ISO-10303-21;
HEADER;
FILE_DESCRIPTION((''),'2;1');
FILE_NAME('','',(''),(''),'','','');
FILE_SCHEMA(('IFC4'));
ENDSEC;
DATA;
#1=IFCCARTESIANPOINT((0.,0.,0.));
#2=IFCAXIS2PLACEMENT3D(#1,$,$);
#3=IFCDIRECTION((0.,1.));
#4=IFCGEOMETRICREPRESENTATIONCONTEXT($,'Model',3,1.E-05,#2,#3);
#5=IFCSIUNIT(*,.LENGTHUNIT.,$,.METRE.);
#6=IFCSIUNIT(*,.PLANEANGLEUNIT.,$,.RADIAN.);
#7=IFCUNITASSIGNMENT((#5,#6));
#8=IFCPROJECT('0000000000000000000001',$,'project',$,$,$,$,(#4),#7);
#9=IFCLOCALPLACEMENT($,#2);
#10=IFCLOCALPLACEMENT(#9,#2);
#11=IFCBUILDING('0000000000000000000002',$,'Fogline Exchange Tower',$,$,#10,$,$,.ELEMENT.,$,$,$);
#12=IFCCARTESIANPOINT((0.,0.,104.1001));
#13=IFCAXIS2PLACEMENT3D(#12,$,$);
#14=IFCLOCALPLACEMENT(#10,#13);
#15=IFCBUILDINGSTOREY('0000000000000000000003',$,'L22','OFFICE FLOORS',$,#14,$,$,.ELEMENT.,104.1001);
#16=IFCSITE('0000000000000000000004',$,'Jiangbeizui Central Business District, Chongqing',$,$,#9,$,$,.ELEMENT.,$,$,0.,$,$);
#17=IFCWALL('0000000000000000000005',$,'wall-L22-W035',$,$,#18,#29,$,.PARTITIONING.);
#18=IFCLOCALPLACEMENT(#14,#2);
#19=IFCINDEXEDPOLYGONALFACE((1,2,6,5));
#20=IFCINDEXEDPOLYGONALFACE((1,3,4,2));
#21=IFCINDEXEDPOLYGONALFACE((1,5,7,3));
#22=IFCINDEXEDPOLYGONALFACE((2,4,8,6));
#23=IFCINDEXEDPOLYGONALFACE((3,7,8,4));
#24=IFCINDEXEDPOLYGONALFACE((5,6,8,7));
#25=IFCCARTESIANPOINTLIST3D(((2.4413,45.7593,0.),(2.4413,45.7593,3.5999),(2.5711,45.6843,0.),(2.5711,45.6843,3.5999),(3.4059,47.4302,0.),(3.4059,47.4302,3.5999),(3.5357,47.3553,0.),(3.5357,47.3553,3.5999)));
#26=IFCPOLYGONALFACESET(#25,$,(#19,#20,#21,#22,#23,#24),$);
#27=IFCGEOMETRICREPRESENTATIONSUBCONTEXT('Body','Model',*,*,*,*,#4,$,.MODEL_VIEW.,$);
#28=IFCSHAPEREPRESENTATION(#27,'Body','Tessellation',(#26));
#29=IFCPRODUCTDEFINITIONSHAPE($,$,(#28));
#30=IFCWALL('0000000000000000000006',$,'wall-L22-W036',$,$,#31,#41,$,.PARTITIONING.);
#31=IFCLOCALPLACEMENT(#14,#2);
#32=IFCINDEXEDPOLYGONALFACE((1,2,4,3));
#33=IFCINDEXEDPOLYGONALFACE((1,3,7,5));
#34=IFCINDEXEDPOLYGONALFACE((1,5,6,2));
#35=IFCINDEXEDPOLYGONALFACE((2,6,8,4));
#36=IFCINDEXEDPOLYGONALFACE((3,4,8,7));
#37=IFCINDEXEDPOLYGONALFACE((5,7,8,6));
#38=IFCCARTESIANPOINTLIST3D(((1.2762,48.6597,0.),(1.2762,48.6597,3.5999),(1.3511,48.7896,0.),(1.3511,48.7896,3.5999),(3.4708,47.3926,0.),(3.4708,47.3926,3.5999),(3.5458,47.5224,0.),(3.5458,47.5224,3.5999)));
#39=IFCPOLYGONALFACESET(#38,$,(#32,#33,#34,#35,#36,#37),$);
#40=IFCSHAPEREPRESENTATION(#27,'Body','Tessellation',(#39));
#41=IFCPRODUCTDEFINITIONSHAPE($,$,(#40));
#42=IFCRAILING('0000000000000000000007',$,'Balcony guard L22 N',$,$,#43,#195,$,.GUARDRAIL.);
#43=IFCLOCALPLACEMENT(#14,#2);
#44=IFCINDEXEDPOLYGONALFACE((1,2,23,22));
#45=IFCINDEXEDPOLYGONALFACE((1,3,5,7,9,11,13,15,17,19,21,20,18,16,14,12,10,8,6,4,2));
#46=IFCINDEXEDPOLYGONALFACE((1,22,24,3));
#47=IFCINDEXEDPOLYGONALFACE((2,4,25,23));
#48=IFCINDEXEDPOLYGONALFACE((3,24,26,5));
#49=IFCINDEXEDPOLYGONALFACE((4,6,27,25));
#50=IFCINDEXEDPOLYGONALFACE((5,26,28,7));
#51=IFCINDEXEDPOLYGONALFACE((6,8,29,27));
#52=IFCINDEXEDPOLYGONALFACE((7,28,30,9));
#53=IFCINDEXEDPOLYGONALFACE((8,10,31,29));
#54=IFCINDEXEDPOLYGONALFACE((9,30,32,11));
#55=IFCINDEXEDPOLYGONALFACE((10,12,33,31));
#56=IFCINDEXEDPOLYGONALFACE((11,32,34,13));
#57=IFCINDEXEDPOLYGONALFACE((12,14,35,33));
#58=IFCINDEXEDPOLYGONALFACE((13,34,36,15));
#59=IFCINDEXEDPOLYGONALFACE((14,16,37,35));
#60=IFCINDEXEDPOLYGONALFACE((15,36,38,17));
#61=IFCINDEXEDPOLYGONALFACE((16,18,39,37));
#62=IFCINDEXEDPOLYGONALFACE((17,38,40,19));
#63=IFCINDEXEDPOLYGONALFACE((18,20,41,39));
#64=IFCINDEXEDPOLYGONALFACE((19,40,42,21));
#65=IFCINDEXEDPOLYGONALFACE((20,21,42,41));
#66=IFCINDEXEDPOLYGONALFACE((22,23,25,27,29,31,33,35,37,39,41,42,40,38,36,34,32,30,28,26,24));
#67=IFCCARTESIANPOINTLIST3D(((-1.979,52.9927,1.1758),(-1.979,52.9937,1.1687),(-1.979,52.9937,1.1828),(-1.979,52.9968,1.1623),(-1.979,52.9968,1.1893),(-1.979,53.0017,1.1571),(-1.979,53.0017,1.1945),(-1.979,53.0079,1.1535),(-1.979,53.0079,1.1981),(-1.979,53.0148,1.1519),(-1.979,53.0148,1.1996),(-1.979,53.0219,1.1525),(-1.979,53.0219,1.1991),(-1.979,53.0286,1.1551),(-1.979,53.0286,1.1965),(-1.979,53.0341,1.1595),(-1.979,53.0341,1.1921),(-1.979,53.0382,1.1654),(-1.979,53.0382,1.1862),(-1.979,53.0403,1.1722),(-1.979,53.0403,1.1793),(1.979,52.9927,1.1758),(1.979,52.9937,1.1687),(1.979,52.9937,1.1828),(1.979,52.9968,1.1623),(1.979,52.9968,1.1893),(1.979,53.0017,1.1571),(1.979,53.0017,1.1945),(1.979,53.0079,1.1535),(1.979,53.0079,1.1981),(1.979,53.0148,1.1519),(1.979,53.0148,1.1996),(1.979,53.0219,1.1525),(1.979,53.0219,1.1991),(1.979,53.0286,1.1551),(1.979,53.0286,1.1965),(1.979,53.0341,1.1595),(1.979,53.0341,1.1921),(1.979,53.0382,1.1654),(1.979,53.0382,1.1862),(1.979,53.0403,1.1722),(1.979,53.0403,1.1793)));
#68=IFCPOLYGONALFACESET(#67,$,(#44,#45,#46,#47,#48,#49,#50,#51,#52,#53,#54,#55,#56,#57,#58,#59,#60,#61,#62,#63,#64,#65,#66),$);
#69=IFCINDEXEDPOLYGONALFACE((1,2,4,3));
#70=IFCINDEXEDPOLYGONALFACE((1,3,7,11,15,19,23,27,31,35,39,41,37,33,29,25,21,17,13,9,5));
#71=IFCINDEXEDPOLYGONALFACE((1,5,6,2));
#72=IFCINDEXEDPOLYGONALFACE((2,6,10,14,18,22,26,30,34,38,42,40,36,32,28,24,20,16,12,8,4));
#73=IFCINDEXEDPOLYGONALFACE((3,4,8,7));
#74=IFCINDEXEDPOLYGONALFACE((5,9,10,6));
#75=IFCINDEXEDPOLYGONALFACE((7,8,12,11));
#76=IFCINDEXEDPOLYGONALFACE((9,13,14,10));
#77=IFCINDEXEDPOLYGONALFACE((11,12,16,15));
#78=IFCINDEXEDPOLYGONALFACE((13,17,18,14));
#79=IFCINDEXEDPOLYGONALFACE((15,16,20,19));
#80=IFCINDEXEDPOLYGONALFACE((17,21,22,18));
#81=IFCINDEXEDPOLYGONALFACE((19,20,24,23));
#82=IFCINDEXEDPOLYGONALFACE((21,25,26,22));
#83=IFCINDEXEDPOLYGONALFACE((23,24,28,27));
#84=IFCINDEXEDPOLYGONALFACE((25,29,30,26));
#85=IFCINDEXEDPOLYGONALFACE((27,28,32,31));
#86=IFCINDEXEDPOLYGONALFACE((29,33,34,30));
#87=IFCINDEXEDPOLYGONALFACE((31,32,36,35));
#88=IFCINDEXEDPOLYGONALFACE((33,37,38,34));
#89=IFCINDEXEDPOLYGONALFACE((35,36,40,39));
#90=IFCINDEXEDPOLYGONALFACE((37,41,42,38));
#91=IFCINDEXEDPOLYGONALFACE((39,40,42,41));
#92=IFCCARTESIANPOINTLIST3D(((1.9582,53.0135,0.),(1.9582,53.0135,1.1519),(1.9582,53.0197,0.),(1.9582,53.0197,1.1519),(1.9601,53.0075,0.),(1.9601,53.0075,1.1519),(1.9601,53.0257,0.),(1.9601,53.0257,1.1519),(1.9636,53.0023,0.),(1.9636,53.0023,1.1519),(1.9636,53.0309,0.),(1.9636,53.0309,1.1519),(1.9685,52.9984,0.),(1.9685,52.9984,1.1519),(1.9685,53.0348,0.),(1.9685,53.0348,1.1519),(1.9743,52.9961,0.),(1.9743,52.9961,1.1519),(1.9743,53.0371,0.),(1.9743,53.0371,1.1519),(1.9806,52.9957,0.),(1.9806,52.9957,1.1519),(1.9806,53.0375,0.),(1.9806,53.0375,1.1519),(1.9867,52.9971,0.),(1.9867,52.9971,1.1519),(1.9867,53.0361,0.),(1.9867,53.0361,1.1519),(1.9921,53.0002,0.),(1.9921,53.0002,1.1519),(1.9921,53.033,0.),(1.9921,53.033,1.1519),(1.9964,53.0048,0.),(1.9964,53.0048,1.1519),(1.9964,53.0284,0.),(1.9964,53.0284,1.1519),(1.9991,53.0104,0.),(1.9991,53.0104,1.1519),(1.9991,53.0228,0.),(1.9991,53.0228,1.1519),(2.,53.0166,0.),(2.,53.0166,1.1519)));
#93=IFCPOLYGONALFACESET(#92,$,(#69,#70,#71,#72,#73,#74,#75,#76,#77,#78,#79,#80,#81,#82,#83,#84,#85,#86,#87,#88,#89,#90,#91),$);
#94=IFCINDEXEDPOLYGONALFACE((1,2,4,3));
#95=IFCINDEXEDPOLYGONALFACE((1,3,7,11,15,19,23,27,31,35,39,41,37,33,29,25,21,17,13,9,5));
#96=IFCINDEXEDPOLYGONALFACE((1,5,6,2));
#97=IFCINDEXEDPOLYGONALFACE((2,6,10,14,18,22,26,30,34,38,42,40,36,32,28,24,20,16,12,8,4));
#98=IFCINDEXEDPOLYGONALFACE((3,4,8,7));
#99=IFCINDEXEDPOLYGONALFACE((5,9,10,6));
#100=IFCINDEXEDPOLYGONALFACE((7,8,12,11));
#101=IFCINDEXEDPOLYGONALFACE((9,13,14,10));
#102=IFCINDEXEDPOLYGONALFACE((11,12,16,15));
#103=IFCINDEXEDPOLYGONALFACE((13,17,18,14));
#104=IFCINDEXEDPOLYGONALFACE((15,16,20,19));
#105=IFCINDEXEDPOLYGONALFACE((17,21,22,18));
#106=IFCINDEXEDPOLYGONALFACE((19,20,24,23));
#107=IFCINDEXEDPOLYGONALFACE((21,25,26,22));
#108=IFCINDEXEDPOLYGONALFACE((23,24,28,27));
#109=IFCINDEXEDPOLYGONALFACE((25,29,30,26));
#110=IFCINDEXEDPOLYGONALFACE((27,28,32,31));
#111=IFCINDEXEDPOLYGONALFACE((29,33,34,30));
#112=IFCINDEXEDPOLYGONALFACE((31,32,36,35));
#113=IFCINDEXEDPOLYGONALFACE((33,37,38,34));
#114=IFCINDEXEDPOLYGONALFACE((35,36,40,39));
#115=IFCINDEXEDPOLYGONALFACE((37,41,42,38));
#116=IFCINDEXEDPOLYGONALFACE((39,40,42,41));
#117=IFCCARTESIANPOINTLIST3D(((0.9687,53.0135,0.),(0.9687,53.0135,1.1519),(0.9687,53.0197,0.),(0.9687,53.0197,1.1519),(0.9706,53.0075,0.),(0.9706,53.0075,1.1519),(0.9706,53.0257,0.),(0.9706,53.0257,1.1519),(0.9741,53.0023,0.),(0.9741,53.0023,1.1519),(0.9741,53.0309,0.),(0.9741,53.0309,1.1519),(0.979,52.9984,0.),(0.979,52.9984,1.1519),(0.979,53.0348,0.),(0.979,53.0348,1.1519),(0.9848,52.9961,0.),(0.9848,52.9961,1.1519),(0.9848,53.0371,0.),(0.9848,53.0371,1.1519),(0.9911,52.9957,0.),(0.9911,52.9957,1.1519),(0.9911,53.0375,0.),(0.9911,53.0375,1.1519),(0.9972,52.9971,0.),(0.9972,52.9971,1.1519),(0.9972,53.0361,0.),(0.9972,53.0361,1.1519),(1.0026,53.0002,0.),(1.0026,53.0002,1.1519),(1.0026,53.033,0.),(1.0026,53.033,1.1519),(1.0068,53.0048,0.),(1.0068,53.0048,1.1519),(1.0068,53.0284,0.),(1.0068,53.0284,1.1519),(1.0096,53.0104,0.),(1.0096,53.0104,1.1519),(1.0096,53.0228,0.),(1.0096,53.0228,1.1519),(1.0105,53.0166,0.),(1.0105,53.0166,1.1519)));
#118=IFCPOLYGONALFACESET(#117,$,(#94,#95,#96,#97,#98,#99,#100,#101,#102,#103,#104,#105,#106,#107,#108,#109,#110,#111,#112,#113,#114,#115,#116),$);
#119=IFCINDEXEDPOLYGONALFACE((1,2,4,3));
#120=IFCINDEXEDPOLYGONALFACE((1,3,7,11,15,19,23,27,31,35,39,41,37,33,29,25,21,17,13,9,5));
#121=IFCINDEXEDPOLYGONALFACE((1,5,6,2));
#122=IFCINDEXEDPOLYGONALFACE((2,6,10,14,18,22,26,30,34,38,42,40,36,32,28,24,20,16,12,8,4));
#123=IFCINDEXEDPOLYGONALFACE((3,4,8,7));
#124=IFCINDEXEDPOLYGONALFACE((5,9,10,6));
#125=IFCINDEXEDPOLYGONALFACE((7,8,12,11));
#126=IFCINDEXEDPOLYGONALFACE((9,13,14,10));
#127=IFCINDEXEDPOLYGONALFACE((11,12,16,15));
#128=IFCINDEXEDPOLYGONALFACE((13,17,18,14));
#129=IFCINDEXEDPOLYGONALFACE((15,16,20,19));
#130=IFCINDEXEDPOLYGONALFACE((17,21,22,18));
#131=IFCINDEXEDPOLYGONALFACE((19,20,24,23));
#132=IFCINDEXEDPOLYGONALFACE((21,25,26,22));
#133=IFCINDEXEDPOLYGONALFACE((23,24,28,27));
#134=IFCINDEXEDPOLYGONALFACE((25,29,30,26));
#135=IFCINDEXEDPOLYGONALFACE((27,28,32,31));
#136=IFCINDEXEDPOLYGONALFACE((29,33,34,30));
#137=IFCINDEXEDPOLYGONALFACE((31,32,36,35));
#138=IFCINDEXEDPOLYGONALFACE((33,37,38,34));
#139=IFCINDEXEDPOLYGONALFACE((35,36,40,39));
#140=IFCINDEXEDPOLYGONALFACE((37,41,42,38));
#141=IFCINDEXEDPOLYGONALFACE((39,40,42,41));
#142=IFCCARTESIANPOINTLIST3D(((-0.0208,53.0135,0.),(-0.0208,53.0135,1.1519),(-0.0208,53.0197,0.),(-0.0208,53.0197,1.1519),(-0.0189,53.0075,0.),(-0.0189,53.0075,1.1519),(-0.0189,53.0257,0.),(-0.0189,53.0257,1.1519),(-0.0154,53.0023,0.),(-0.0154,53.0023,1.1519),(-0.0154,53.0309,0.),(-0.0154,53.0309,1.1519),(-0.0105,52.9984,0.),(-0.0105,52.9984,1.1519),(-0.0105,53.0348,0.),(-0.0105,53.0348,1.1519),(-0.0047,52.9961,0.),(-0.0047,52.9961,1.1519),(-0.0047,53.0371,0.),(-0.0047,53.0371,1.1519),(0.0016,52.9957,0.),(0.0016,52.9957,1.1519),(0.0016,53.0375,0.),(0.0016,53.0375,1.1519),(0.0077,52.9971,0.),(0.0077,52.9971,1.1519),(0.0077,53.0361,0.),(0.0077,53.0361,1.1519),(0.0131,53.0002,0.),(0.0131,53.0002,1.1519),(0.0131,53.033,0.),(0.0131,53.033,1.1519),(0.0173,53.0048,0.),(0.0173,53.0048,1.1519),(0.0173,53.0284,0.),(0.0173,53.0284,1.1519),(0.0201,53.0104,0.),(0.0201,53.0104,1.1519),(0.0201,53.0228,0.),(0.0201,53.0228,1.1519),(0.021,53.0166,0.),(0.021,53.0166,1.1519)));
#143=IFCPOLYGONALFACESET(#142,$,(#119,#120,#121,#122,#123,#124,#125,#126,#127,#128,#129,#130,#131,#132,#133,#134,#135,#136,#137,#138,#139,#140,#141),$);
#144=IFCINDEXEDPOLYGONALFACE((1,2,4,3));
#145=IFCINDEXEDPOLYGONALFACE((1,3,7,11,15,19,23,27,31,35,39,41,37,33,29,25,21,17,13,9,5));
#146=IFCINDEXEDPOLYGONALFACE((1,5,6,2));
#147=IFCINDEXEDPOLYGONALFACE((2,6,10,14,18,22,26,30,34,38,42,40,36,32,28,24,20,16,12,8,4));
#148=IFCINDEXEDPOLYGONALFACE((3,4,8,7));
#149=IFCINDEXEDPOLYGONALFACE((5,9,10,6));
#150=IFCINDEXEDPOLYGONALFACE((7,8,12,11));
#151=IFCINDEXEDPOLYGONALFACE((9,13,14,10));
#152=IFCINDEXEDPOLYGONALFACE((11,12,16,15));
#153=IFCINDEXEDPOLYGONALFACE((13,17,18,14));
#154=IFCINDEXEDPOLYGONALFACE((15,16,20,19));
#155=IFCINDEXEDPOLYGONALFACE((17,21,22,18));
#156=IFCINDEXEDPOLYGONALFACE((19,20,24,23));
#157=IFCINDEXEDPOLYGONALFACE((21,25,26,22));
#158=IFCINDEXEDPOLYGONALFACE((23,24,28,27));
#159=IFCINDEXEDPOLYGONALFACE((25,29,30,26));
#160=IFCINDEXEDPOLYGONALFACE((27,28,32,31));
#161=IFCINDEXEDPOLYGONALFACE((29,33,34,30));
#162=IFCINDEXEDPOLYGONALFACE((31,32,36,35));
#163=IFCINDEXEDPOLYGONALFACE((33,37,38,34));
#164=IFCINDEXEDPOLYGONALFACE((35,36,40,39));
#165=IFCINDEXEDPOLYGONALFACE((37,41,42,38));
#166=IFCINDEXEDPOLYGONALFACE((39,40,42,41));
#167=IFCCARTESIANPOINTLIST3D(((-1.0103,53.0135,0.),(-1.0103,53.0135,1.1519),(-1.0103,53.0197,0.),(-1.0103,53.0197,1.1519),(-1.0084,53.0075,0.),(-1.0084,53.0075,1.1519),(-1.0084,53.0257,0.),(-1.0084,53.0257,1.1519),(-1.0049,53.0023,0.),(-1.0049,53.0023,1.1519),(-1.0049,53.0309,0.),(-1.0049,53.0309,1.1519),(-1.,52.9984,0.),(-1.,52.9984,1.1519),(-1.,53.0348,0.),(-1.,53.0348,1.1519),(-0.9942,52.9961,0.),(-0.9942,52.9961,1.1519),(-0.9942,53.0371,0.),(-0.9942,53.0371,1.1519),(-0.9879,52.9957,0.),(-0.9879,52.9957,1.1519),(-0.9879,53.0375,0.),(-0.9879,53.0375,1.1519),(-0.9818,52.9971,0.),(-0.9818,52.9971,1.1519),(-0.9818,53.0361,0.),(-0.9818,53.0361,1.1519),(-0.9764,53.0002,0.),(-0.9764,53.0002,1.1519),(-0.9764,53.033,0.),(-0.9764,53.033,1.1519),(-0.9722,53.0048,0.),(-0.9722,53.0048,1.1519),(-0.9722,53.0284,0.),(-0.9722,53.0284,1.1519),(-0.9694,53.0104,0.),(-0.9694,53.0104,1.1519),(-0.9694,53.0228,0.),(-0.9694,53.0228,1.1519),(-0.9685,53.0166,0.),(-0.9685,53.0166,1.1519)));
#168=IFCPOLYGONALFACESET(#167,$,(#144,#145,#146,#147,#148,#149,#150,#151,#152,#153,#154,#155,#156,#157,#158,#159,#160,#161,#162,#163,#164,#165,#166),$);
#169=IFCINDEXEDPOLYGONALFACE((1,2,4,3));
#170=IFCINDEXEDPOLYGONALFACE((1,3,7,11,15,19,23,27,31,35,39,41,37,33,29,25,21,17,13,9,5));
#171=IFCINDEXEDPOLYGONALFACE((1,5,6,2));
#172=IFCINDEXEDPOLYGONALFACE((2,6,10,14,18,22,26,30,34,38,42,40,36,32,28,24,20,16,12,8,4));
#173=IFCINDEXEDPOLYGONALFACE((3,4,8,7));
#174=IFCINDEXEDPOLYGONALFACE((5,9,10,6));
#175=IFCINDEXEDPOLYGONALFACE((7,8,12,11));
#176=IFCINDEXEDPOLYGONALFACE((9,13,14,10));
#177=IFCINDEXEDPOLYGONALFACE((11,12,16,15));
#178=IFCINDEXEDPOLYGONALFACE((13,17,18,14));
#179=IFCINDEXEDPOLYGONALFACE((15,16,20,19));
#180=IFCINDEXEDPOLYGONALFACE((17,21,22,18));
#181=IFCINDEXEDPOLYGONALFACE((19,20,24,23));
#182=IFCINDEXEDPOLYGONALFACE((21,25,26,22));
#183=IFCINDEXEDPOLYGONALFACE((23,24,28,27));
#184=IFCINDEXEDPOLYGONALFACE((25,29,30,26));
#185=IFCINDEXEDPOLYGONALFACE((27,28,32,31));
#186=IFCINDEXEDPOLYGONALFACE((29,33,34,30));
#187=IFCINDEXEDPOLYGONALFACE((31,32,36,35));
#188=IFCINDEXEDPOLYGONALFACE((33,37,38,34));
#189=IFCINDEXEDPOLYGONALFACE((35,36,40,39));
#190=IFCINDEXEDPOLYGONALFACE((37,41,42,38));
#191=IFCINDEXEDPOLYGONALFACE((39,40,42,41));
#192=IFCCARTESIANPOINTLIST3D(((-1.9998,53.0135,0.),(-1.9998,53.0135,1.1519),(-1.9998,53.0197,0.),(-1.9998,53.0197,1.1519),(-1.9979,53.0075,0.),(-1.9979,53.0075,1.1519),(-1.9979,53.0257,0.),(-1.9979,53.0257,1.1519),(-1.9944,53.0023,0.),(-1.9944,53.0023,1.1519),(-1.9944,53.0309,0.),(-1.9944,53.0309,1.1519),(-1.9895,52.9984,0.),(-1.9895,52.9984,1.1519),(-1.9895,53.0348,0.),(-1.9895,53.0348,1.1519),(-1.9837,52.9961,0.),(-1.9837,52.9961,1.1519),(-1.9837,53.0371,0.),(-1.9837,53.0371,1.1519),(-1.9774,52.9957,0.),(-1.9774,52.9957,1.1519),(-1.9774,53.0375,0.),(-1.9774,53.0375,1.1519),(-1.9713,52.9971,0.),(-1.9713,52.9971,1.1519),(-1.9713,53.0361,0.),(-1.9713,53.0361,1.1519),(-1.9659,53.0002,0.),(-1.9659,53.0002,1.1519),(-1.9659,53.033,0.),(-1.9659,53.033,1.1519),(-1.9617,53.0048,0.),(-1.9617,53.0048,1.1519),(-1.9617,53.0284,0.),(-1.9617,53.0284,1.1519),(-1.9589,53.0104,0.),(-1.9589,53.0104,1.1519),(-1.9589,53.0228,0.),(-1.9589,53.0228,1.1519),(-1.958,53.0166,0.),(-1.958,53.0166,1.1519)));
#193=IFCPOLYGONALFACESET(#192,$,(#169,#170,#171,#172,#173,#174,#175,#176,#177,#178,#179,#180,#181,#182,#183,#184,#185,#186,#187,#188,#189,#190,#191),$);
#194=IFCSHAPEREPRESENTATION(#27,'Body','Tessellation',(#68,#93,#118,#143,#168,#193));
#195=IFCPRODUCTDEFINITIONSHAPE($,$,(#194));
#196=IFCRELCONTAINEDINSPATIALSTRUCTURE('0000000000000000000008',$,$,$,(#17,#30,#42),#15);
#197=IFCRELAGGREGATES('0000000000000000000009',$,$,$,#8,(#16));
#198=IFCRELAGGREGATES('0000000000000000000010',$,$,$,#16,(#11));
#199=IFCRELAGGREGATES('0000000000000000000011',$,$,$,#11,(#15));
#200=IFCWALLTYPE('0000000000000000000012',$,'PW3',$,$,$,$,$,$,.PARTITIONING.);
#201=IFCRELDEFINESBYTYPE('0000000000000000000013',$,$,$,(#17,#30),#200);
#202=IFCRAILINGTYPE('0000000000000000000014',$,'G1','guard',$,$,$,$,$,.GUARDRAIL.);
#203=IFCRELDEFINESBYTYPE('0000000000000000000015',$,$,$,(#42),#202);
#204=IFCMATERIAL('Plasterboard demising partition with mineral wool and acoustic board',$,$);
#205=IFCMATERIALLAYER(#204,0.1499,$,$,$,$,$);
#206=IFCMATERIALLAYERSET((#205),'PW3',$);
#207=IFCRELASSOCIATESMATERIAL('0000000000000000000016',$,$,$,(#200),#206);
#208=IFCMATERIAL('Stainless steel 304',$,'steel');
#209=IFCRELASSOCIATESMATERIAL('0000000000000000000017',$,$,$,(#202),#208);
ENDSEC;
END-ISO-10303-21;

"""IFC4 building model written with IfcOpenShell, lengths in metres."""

from ifc_helpers import new_model, si_unit, direction, frame, frame_2d, origin, origin_2d, place, context, subcontext, project, spatial, rectangle, circle, extrude, material, layer, layer_set, type_object, element, save


model = new_model("IFC4")

# Units and contexts
model_context = context("Model", 3, precision=1e-05, world=origin(), true_north=direction((0.0, 1.0)))
body_context = subcontext(model_context, "Body", "Model", "MODEL_VIEW")
ifc_project = project(units=[si_unit("LENGTHUNIT", "METRE"), si_unit("PLANEANGLEUNIT", "RADIAN")], contexts=[model_context])

# Site, building, storey
site_placement = place(None, origin())
site = spatial("IfcSite", under=ifc_project, at=site_placement, Name="Jiangbeizui Central Business District, Chongqing", CompositionType="ELEMENT", RefElevation=0.0)
building_placement = place(site_placement, origin())
building = spatial("IfcBuilding", under=site, at=building_placement, Name="Fogline Exchange Tower", CompositionType="ELEMENT")
storey_placement = place(building_placement, frame((0.0, 0.0, 104.1001)))
storey = spatial("IfcBuildingStorey", under=building, at=storey_placement, Name="L22", Description="OFFICE FLOORS", CompositionType="ELEMENT", Elevation=104.1001)

# Walls
ifc_material_1 = material(Name="Plasterboard demising partition with mineral wool and acoustic board")
ifc_layer_1 = layer(ifc_material_1, 0.1499)
ifc_layer_set_1 = layer_set([ifc_layer_1], Name="PW3")
wall_type_1 = type_object("IfcWallType", Name="PW3", PredefinedType="PARTITIONING", material=ifc_layer_set_1)
wall_1_placement = place(storey_placement, frame((2.5061, 45.7217, 0.0), z_axis=(0.0, 0.0, 1.0), x_axis=(0.499963, 0.866047, 0.0)))
element("IfcWall", 1, at=wall_1_placement, inside=storey, type_object=wall_type_1, Name="wall-L22-W035", PredefinedType="PARTITIONING", context=body_context, shape_type="SweptSolid", body=[
    extrude(rectangle(XDim=1.9294, YDim=0.1499, at=frame_2d((0.9648, 0.0))), origin(), (0.0, 0.0, 1.0), 3.5999),
])
wall_2_placement = place(storey_placement, frame((3.5083, 47.4575, 0.0), z_axis=(0.0, 0.0, 1.0), x_axis=(-0.866017, 0.500014, 0.0)))
element("IfcWall", 2, at=wall_2_placement, inside=storey, type_object=wall_type_1, Name="wall-L22-W036", PredefinedType="PARTITIONING", context=body_context, shape_type="SweptSolid", body=[
    extrude(rectangle(XDim=2.5342, YDim=0.1499, at=frame_2d((1.2671, 0.0))), origin(), (0.0, 0.0, 1.0), 3.5999),
])

# Railing
ifc_material_2 = material(Name="Stainless steel 304", Category="steel")
railing_type = type_object("IfcRailingType", Name="G1", Description="guard", PredefinedType="GUARDRAIL", material=ifc_material_2)
railing_placement = place(storey_placement, frame((1.979, 53.0166, 0.0)))
element("IfcRailing", 3, at=railing_placement, inside=storey, type_object=railing_type, Name="Balcony guard L22 N", PredefinedType="GUARDRAIL", context=body_context, shape_type="SweptSolid", body=[
    extrude(circle(Radius=0.0239, at=origin_2d()), frame((0.0, 0.0, 1.1758), z_axis=(-1.0, 0.0, 0.0), x_axis=(0.0, -1.0, 0.0)), (0.0, 0.0, 1.0), 3.958),
    extrude(circle(Radius=0.021, at=origin_2d()), origin(), (0.0, 0.0, 1.0), 1.1519),
    extrude(circle(Radius=0.021, at=origin_2d()), frame((-0.9895, 0.0, 0.0)), (0.0, 0.0, 1.0), 1.1519),
    extrude(circle(Radius=0.021, at=origin_2d()), frame((-1.979, 0.0, 0.0)), (0.0, 0.0, 1.0), 1.1519),
    extrude(circle(Radius=0.021, at=origin_2d()), frame((-2.9685, 0.0, 0.0)), (0.0, 0.0, 1.0), 1.1519),
    extrude(circle(Radius=0.021, at=origin_2d()), frame((-3.958, 0.0, 0.0)), (0.0, 0.0, 1.0), 1.1519),
])

save(model, "model.ifc")
